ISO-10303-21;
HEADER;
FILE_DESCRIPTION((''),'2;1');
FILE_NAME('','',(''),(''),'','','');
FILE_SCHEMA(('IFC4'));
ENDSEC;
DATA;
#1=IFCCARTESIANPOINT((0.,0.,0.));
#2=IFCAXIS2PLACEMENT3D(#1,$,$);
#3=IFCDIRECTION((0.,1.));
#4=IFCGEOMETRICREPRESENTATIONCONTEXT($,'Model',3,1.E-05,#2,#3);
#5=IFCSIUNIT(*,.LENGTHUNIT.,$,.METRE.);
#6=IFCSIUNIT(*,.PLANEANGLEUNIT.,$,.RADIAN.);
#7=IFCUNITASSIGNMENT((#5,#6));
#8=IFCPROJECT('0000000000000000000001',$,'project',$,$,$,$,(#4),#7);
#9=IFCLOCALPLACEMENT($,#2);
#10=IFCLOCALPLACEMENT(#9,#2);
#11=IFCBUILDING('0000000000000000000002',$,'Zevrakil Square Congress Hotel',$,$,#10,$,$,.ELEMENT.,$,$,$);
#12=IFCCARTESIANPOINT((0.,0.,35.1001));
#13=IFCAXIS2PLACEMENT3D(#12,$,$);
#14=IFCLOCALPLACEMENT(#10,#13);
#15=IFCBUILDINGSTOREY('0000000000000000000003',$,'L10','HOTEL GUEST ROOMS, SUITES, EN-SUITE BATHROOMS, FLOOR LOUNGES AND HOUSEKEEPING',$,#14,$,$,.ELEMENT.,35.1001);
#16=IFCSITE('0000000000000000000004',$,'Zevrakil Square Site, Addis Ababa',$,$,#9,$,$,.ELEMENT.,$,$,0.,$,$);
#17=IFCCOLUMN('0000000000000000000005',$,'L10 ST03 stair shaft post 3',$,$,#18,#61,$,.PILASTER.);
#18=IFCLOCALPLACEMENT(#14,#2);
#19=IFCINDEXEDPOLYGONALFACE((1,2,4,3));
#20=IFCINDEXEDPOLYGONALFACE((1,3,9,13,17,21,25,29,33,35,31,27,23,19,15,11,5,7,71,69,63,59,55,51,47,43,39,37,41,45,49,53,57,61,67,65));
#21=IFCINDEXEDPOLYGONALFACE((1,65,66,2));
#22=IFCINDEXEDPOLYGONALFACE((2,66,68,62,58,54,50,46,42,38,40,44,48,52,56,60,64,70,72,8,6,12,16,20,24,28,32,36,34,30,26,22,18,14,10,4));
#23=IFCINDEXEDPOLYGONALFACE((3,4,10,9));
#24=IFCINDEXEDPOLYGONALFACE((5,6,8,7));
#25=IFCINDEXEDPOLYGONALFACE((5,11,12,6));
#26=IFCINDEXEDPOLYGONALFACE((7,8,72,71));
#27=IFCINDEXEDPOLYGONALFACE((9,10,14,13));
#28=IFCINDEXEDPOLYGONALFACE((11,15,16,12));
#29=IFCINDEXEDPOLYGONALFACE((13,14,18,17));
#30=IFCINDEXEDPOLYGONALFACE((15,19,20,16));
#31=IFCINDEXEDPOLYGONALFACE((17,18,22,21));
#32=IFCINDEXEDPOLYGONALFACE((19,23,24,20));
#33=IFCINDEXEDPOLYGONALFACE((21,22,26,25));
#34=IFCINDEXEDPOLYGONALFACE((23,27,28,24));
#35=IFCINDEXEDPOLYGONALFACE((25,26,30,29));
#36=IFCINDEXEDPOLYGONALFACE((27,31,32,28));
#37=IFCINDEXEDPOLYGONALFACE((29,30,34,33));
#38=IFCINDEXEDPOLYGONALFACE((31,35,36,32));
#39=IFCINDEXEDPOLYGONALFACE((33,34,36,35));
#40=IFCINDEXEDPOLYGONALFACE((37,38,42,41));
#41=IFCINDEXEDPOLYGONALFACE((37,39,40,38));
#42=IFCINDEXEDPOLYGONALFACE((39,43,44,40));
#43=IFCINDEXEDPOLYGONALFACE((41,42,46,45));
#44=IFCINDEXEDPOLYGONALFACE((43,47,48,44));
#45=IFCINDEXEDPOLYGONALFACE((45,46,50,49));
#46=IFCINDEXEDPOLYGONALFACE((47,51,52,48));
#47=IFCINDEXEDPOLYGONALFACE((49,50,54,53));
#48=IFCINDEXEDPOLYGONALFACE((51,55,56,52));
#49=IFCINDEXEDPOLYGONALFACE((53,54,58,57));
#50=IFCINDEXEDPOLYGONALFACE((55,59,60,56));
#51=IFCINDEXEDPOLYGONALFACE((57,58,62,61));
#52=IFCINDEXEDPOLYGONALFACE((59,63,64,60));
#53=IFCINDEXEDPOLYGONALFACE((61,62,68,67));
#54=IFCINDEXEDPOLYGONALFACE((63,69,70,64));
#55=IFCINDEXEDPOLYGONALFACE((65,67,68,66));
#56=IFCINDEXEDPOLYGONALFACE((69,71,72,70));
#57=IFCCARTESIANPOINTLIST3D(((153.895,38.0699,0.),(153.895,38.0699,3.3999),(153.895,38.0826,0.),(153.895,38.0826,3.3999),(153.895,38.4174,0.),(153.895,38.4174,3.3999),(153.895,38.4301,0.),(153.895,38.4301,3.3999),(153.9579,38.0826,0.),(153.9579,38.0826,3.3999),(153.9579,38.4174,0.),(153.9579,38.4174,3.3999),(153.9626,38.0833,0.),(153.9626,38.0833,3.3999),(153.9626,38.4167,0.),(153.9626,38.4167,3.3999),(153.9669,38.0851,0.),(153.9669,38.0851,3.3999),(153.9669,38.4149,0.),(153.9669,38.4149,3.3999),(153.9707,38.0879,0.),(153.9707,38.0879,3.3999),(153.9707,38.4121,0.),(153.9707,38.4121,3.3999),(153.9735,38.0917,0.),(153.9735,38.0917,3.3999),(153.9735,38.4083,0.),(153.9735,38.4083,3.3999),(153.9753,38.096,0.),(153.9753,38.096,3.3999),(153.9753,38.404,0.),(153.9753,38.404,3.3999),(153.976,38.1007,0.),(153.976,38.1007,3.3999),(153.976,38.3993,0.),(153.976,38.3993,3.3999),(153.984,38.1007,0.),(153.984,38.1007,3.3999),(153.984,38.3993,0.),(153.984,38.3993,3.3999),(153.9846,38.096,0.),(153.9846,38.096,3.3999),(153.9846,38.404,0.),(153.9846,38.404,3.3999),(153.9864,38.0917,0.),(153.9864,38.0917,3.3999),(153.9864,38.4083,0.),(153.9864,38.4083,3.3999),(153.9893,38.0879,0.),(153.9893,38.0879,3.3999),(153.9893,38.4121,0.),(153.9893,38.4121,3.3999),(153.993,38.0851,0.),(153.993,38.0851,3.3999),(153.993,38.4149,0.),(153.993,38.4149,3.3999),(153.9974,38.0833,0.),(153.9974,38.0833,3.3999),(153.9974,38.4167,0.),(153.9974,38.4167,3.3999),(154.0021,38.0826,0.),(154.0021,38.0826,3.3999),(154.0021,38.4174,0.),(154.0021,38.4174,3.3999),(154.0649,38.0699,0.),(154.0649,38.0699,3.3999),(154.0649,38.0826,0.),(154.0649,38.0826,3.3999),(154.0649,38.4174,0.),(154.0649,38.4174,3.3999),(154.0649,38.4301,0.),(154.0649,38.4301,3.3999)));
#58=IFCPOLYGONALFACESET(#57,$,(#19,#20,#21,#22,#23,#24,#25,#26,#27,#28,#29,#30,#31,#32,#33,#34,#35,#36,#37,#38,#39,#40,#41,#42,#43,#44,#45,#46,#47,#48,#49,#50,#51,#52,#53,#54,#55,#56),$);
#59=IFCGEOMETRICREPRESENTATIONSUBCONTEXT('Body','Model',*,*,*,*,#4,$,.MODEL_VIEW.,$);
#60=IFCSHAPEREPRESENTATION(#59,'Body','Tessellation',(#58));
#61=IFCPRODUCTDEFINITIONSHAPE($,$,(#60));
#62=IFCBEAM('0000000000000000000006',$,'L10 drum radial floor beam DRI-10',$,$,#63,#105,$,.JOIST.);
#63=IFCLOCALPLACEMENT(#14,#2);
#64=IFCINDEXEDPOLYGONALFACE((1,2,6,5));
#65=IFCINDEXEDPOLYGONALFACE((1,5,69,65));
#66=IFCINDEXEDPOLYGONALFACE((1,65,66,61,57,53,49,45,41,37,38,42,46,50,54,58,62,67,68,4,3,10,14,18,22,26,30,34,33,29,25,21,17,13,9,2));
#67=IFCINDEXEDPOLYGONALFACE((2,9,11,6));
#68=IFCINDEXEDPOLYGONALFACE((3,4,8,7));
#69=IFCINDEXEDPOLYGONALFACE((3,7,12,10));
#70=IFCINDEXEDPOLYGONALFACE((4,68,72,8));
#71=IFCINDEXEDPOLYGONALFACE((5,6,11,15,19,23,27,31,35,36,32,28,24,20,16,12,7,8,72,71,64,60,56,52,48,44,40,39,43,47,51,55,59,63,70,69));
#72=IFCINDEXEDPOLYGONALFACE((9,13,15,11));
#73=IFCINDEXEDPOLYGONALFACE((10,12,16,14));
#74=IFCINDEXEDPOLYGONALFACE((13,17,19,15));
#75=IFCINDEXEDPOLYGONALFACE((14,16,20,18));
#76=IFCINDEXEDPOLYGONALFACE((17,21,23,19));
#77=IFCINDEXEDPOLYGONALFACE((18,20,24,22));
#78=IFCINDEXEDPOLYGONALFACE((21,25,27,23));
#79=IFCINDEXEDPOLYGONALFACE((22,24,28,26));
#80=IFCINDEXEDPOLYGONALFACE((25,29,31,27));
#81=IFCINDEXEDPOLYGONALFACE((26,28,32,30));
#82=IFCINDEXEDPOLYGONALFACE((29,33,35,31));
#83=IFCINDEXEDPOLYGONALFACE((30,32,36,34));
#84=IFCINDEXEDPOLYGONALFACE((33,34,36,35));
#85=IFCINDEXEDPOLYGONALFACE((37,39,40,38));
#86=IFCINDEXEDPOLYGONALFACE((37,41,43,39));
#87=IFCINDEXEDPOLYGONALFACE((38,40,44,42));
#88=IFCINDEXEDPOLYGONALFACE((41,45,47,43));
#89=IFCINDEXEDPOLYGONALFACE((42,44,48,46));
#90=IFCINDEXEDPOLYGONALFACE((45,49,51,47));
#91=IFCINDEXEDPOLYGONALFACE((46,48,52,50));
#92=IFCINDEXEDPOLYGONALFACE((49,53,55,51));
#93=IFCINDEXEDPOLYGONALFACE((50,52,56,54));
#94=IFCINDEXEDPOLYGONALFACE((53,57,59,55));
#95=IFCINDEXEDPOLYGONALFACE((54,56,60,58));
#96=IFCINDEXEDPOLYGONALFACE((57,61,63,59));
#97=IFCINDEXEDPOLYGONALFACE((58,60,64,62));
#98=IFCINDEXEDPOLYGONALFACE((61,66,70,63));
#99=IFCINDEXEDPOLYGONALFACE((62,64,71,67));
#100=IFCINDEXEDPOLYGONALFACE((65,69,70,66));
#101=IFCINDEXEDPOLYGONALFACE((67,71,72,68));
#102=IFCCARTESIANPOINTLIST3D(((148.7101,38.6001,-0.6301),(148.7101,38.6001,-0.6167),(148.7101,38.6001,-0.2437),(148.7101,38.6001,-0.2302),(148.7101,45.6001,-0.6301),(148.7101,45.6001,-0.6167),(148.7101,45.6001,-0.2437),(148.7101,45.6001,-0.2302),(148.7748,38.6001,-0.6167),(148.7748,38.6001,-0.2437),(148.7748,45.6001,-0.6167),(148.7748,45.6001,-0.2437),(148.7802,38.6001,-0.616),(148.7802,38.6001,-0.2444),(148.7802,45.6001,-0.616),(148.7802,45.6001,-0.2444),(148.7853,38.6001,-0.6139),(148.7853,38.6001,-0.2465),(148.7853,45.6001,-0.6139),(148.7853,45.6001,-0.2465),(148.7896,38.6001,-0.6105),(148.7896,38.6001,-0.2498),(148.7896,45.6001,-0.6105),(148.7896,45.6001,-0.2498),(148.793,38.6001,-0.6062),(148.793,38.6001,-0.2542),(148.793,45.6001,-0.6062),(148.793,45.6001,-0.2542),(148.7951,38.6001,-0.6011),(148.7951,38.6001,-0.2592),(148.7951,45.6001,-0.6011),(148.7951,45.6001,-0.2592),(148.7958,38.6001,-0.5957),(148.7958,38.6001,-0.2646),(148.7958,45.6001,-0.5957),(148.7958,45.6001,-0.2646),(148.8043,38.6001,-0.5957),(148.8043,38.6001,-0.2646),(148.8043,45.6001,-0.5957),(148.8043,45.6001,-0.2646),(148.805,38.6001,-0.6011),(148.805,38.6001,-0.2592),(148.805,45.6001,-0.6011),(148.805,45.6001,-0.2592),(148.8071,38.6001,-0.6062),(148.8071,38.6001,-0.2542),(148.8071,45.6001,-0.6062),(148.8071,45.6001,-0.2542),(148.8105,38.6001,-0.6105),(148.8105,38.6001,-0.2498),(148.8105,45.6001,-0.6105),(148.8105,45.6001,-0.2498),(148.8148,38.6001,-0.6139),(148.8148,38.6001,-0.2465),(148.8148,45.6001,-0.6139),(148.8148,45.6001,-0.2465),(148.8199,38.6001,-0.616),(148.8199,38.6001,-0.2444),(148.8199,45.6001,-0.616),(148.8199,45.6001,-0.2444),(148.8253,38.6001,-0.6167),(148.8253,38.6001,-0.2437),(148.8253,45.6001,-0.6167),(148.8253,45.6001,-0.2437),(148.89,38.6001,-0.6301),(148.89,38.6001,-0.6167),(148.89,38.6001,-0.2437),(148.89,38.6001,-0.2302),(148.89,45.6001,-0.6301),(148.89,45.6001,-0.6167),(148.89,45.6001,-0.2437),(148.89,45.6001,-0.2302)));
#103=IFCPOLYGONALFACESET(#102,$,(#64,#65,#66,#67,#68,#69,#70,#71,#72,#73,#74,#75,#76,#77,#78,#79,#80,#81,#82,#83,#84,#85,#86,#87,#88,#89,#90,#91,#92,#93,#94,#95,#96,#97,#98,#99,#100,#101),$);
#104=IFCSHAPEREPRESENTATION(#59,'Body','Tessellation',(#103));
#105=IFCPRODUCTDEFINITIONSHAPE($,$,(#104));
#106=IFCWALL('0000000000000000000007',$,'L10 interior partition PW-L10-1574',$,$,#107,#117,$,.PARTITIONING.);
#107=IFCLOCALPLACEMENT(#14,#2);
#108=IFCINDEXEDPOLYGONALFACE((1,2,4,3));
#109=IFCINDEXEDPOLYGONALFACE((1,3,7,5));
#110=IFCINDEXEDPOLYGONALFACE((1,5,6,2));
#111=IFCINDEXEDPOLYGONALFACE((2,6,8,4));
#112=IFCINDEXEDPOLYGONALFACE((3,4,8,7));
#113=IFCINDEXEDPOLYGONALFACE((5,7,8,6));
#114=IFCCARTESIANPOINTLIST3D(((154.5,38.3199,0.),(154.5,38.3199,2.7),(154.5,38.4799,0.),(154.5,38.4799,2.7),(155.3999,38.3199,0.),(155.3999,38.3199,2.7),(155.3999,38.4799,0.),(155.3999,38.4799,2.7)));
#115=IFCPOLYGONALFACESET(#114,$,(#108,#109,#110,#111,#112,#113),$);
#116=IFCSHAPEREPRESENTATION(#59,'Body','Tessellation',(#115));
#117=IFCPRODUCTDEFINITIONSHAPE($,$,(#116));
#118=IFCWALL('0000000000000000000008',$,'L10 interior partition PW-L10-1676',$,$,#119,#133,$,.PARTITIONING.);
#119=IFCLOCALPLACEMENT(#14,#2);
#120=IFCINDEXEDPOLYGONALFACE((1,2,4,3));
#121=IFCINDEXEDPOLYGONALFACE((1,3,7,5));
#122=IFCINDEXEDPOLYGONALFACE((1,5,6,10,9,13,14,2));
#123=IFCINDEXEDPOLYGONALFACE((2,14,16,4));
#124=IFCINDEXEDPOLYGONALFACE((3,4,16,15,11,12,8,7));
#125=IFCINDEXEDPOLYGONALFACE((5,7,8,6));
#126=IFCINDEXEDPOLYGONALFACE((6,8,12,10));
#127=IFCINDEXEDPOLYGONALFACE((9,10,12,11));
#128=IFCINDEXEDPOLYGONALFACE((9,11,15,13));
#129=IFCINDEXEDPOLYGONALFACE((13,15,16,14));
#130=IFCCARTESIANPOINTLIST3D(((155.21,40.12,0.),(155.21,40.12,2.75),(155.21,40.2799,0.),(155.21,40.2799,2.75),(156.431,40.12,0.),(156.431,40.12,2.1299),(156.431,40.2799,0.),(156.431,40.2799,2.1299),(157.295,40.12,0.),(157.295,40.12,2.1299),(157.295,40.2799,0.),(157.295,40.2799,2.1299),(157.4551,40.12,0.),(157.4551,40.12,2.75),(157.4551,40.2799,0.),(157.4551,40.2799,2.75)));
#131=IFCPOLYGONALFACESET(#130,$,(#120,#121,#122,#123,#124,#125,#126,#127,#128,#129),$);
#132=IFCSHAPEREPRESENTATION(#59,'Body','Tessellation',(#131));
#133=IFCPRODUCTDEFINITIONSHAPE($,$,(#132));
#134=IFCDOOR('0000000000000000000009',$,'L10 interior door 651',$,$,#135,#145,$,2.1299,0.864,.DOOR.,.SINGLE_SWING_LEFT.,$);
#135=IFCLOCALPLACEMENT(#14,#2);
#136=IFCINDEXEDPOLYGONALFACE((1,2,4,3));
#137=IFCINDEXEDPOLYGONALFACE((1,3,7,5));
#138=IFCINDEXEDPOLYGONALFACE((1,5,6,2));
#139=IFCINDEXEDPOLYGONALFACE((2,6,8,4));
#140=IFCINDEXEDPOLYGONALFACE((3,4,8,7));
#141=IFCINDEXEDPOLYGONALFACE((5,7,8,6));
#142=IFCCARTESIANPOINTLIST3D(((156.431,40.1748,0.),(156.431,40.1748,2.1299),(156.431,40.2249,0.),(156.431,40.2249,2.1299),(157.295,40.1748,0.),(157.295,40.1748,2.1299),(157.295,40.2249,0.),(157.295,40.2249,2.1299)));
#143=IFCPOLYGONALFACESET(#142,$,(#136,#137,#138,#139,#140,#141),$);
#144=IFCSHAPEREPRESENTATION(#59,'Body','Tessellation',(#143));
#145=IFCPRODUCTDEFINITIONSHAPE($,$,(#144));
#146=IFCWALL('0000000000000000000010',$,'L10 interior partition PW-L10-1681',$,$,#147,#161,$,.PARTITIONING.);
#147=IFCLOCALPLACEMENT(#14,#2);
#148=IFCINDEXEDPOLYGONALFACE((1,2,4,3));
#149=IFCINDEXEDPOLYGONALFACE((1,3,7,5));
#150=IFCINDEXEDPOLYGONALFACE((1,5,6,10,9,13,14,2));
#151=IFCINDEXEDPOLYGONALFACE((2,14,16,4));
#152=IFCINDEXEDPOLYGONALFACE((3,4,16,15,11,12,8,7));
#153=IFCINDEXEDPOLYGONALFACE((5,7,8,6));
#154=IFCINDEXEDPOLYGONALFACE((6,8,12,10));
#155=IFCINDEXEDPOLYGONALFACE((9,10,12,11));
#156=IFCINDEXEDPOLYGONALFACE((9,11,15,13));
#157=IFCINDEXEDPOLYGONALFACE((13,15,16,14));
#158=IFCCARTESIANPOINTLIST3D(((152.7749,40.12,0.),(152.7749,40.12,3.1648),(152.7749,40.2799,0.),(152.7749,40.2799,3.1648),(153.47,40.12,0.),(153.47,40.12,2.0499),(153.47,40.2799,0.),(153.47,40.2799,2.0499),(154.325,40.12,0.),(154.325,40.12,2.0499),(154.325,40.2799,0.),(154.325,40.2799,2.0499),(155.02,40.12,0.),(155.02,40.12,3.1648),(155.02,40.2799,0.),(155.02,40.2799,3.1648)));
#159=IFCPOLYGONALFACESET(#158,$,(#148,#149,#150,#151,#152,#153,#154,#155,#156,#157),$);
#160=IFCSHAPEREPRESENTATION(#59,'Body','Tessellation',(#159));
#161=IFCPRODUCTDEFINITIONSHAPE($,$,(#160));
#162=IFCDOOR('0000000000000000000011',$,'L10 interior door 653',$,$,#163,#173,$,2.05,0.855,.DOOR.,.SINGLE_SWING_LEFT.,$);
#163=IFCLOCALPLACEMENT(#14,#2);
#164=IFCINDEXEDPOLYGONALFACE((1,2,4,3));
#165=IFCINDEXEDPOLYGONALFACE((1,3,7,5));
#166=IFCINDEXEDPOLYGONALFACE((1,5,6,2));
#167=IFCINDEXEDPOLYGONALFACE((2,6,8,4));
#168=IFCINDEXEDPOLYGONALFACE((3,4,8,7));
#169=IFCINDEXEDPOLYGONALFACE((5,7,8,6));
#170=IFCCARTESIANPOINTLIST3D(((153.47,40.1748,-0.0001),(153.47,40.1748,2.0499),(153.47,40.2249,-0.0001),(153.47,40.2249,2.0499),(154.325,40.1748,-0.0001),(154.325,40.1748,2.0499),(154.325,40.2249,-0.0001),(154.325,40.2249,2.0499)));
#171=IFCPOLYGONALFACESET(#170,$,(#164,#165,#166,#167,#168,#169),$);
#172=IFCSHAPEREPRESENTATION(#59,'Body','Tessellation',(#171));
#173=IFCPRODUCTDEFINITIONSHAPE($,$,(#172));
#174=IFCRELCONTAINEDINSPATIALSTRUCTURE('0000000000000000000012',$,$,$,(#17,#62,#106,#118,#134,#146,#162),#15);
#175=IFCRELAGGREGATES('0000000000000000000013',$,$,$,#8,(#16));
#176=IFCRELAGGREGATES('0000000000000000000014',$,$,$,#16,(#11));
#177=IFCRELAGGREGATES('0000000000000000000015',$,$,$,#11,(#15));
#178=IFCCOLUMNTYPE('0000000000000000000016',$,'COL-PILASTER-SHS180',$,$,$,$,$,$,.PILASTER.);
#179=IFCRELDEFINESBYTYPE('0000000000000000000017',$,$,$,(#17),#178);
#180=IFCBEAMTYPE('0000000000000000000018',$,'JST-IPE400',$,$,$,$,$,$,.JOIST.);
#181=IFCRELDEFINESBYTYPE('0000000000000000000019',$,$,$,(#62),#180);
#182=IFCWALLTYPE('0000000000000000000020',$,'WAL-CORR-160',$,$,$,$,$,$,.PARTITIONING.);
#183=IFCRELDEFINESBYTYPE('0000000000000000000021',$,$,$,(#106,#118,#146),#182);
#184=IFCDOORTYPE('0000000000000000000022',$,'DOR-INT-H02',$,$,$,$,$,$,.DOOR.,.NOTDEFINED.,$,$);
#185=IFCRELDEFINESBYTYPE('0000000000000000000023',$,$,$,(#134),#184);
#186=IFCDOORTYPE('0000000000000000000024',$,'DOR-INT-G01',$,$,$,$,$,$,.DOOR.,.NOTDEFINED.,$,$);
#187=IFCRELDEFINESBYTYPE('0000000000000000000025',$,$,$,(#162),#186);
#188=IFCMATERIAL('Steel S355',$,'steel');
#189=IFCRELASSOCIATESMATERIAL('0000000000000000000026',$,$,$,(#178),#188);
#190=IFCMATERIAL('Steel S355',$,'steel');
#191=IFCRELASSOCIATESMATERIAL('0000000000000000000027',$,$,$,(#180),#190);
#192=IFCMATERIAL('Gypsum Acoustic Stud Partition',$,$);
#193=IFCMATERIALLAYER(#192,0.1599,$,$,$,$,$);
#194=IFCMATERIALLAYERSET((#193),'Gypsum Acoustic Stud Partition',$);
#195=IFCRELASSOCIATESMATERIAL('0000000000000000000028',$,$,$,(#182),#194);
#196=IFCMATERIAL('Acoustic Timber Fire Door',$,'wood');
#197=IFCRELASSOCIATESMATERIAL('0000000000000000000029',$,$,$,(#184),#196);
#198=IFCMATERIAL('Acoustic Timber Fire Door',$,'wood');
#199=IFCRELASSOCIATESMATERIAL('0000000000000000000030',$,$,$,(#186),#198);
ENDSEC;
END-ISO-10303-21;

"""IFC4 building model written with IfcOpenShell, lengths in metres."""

from ifc_helpers import new_model, si_unit, direction, frame, frame_2d, origin, origin_2d, place, context, subcontext, project, spatial, rectangle, i_section, extrude, material, layer, layer_set, material_profile, profile_set, type_object, element, fill, save


model = new_model("IFC4")

# Units and contexts
model_context = context("Model", 3, precision=1e-05, world=origin(), true_north=direction((0.0, 1.0)))
body_context = subcontext(model_context, "Body", "Model", "MODEL_VIEW")
ifc_project = project(units=[si_unit("LENGTHUNIT", "METRE"), si_unit("PLANEANGLEUNIT", "RADIAN")], contexts=[model_context])

# Site, building, storey
site_placement = place(None, origin())
site = spatial("IfcSite", under=ifc_project, at=site_placement, Name="Zevrakil Square Site, Addis Ababa", CompositionType="ELEMENT", RefElevation=0.0)
building_placement = place(site_placement, origin())
building = spatial("IfcBuilding", under=site, at=building_placement, Name="Zevrakil Square Congress Hotel", CompositionType="ELEMENT")
storey_placement = place(building_placement, frame((0.0, 0.0, 35.1001)))
storey = spatial("IfcBuildingStorey", under=building, at=storey_placement, Name="L10", Description="HOTEL GUEST ROOMS, SUITES, EN-SUITE BATHROOMS, FLOOR LOUNGES AND HOUSEKEEPING", CompositionType="ELEMENT", Elevation=35.1001)

# Column
ifc_material_1 = material(Name="Steel S355", Category="steel")
ifc_material_profile_1 = material_profile(ifc_material_1, i_section(OverallWidth=0.1699, OverallDepth=0.3601, WebThickness=0.0081, FlangeThickness=0.0127, FilletRadius=0.0181, at=origin_2d()), Name="IPE 360")
ifc_profile_set_1 = profile_set([ifc_material_profile_1], Name="Steel S355")
column_type = type_object("IfcColumnType", Name="COL-PILASTER-SHS180", PredefinedType="PILASTER", material=ifc_profile_set_1)
column_placement = place(storey_placement, frame((153.98, 38.25, 0.0), z_axis=(0.0, 0.0, 1.0), x_axis=(1.0, 0.0, 0.0)))
element("IfcColumn", 1, at=column_placement, inside=storey, type_object=column_type, Name="L10 ST03 stair shaft post 3", PredefinedType="PILASTER", context=body_context, shape_type="SweptSolid", body=[
    extrude(i_section(OverallWidth=0.1699, OverallDepth=0.3601, WebThickness=0.0081, FlangeThickness=0.0127, FilletRadius=0.0181, at=origin_2d()), origin(), (0.0, 0.0, 1.0), 3.3999),
])

# Beam
ifc_material_2 = material(Name="Steel S355", Category="steel")
ifc_material_profile_2 = material_profile(ifc_material_2, i_section(OverallWidth=0.1799, OverallDepth=0.3999, WebThickness=0.0085, FlangeThickness=0.0134, FilletRadius=0.021, at=origin_2d()), Name="IPE 400")
ifc_profile_set_2 = profile_set([ifc_material_profile_2], Name="Steel S355")
beam_type = type_object("IfcBeamType", Name="JST-IPE400", PredefinedType="JOIST", material=ifc_profile_set_2)
beam_placement = place(storey_placement, frame((148.8, 38.6001, -0.4302), z_axis=(0.0, 1.0, 0.0), x_axis=(-1.0, 0.0, 0.0)))
element("IfcBeam", 2, at=beam_placement, inside=storey, type_object=beam_type, Name="L10 drum radial floor beam DRI-10", PredefinedType="JOIST", context=body_context, shape_type="SweptSolid", body=[
    extrude(i_section(OverallWidth=0.1799, OverallDepth=0.3999, WebThickness=0.0085, FlangeThickness=0.0134, FilletRadius=0.021, at=origin_2d()), origin(), (0.0, 0.0, 1.0), 7.0),
])

# Wall
ifc_material_3 = material(Name="Gypsum Acoustic Stud Partition")
ifc_layer_1 = layer(ifc_material_3, 0.1599)
ifc_layer_set_1 = layer_set([ifc_layer_1], Name="Gypsum Acoustic Stud Partition")
wall_type_1 = type_object("IfcWallType", Name="WAL-CORR-160", PredefinedType="PARTITIONING", material=ifc_layer_set_1)
wall_1_placement = place(storey_placement, frame((154.5, 38.3999, 0.0), z_axis=(0.0, 0.0, 1.0), x_axis=(1.0, 0.0, 0.0)))
element("IfcWall", 3, at=wall_1_placement, inside=storey, type_object=wall_type_1, Name="L10 interior partition PW-L10-1574", PredefinedType="PARTITIONING", context=body_context, shape_type="SweptSolid", body=[
    extrude(rectangle(XDim=0.8999, YDim=0.1599, at=frame_2d((0.45, 0.0))), origin(), (0.0, 0.0, 1.0), 2.7),
])

# Walls, openings, doors
wall_2_placement = place(storey_placement, frame((155.21, 40.2, 0.0), z_axis=(0.0, 0.0, 1.0), x_axis=(1.0, 0.0, 0.0)))
wall_2 = element("IfcWall", 4, at=wall_2_placement, inside=storey, type_object=wall_type_1, Name="L10 interior partition PW-L10-1676", PredefinedType="PARTITIONING", context=body_context, shape_type="SweptSolid", body=[
    extrude(rectangle(XDim=2.2451, YDim=0.1599, at=frame_2d((1.1226, 0.0))), origin(), (0.0, 0.0, 1.0), 2.75),
])
opening_1_placement = place(wall_2_placement, frame((1.2209, 0.0, 0.0)))
opening_1 = element("IfcOpeningElement", 5, at=opening_1_placement, cuts=wall_2, PredefinedType="OPENING", context=body_context, shape_type="SweptSolid", body=[
    extrude(rectangle(XDim=0.864, YDim=2.1299, at=frame_2d((0.4321, 1.0649))), frame((0.0, 0.0898, 0.0), z_axis=(0.0, -1.0, 0.0), x_axis=(1.0, 0.0, 0.0)), (0.0, 0.0, 1.0), 0.1799),
])
ifc_material_4 = material(Name="Acoustic Timber Fire Door", Category="wood")
door_type_1 = type_object("IfcDoorType", Name="DOR-INT-H02", OperationType="NOTDEFINED", PredefinedType="DOOR", material=ifc_material_4)
door_1_placement = place(opening_1_placement, origin())
door_1 = element("IfcDoor", 6, at=door_1_placement, inside=storey, type_object=door_type_1, Name="L10 interior door 651", OperationType="SINGLE_SWING_LEFT", OverallHeight=2.1299, OverallWidth=0.864, PredefinedType="DOOR", context=body_context, shape_type="SweptSolid", body=[
    extrude(rectangle(XDim=0.864, YDim=2.1299, at=frame_2d((0.4321, 1.0649))), frame((0.0, 0.0249, 0.0), z_axis=(0.0, -1.0, 0.0), x_axis=(1.0, 0.0, 0.0)), (0.0, 0.0, 1.0), 0.05),
])
fill(opening_1, door_1)
wall_3_placement = place(storey_placement, frame((152.7749, 40.2, 0.0), z_axis=(0.0, 0.0, 1.0), x_axis=(1.0, 0.0, 0.0)))
wall_3 = element("IfcWall", 7, at=wall_3_placement, inside=storey, type_object=wall_type_1, Name="L10 interior partition PW-L10-1681", PredefinedType="PARTITIONING", context=body_context, shape_type="SweptSolid", body=[
    extrude(rectangle(XDim=2.2451, YDim=0.1599, at=frame_2d((1.1226, 0.0))), origin(), (0.0, 0.0, 1.0), 3.1648),
])
opening_2_placement = place(wall_3_placement, frame((0.6951, 0.0, 0.0)))
opening_2 = element("IfcOpeningElement", 8, at=opening_2_placement, cuts=wall_3, PredefinedType="OPENING", context=body_context, shape_type="SweptSolid", body=[
    extrude(rectangle(XDim=0.855, YDim=2.05, at=frame_2d((0.4275, 1.0249))), frame((0.0, 0.0898, 0.0), z_axis=(0.0, -1.0, 0.0), x_axis=(1.0, 0.0, 0.0)), (0.0, 0.0, 1.0), 0.1799),
])
ifc_material_5 = material(Name="Acoustic Timber Fire Door", Category="wood")
door_type_2 = type_object("IfcDoorType", Name="DOR-INT-G01", OperationType="NOTDEFINED", PredefinedType="DOOR", material=ifc_material_5)
door_2_placement = place(opening_2_placement, origin())
door_2 = element("IfcDoor", 9, at=door_2_placement, inside=storey, type_object=door_type_2, Name="L10 interior door 653", OperationType="SINGLE_SWING_LEFT", OverallHeight=2.05, OverallWidth=0.855, PredefinedType="DOOR", context=body_context, shape_type="SweptSolid", body=[
    extrude(rectangle(XDim=0.855, YDim=2.05, at=frame_2d((0.4275, 1.0249))), frame((0.0, 0.0249, 0.0), z_axis=(0.0, -1.0, 0.0), x_axis=(1.0, 0.0, 0.0)), (0.0, 0.0, 1.0), 0.05),
])
fill(opening_2, door_2)

save(model, "model.ifc")
